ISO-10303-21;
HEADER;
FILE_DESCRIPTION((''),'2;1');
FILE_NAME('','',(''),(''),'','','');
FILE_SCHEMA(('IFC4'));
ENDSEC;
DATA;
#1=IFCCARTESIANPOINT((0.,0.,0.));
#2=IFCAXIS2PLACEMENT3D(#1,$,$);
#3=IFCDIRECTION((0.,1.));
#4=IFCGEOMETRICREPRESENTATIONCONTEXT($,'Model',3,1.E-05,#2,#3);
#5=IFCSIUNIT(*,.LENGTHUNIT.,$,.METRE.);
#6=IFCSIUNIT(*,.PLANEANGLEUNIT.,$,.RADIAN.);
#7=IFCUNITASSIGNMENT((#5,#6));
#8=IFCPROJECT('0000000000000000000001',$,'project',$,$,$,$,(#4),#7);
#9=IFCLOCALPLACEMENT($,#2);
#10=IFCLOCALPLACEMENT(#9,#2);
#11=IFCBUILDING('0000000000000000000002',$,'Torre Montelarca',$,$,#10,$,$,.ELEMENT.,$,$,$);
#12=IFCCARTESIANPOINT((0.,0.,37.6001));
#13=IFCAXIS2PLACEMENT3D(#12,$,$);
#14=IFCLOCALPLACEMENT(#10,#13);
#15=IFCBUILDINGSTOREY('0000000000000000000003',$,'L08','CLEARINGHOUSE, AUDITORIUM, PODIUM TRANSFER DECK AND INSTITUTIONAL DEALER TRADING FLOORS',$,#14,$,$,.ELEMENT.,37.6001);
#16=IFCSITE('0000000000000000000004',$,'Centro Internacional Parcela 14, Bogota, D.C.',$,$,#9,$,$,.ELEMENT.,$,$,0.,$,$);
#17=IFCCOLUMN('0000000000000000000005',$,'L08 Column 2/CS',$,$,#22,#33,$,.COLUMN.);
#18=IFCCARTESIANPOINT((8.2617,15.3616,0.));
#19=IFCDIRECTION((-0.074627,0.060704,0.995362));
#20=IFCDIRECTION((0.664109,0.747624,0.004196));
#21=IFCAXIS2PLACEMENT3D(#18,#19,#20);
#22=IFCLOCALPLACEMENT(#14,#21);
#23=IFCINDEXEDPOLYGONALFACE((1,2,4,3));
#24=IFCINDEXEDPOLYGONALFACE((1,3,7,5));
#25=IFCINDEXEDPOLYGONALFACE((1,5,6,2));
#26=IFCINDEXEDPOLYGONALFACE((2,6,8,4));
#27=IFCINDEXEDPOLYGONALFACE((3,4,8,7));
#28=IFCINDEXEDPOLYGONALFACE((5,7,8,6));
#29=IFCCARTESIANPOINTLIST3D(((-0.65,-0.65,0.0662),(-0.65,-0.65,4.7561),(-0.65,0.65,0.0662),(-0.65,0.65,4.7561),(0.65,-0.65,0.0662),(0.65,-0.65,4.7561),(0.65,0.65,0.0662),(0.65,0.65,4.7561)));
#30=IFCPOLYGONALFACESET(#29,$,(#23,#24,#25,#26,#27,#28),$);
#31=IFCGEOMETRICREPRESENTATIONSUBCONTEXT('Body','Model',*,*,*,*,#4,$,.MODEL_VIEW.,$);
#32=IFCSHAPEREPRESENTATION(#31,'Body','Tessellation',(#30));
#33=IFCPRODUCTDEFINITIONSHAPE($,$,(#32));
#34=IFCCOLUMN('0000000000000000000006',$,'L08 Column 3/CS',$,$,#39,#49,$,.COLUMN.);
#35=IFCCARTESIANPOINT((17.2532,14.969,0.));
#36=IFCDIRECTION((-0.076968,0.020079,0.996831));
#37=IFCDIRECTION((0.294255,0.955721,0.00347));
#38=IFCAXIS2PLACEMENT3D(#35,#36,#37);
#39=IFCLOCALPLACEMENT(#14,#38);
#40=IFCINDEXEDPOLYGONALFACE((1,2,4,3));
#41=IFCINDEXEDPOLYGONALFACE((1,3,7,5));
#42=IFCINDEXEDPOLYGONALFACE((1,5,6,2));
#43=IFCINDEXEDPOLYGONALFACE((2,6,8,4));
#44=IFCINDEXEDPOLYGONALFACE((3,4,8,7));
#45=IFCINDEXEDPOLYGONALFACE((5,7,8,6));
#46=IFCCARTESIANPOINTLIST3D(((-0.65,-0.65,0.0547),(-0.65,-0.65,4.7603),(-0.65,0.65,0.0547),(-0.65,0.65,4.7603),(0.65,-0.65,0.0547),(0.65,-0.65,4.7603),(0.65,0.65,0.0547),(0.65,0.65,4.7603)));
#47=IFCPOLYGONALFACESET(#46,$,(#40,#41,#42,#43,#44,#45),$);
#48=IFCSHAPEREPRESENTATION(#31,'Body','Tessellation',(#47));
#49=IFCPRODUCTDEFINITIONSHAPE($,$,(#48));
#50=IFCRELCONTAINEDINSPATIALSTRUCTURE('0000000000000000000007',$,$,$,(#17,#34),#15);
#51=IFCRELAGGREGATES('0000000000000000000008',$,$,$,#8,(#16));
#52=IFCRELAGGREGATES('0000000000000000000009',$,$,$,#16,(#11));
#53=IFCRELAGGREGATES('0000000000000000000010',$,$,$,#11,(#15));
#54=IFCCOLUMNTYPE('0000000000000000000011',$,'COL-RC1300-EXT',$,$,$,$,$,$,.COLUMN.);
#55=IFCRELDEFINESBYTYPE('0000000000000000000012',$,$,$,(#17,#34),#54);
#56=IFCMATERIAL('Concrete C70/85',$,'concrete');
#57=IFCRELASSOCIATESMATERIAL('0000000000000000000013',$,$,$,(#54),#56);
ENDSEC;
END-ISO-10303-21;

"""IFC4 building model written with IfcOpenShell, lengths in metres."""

from ifc_helpers import new_model, si_unit, direction, frame, origin, origin_2d, place, context, subcontext, project, spatial, rectangle, extrude, clip, halfspace, material, material_profile, profile_set, type_object, element, save


model = new_model("IFC4")

# Units and contexts
model_context = context("Model", 3, precision=1e-05, world=origin(), true_north=direction((0.0, 1.0)))
body_context = subcontext(model_context, "Body", "Model", "MODEL_VIEW")
ifc_project = project(units=[si_unit("LENGTHUNIT", "METRE"), si_unit("PLANEANGLEUNIT", "RADIAN")], contexts=[model_context])

# Site, building, storey
site_placement = place(None, origin())
site = spatial("IfcSite", under=ifc_project, at=site_placement, Name="Centro Internacional Parcela 14, Bogota, D.C.", CompositionType="ELEMENT", RefElevation=0.0)
building_placement = place(site_placement, origin())
building = spatial("IfcBuilding", under=site, at=building_placement, Name="Torre Montelarca", CompositionType="ELEMENT")
storey_placement = place(building_placement, frame((0.0, 0.0, 37.6001)))
storey = spatial("IfcBuildingStorey", under=building, at=storey_placement, Name="L08", Description="CLEARINGHOUSE, AUDITORIUM, PODIUM TRANSFER DECK AND INSTITUTIONAL DEALER TRADING FLOORS", CompositionType="ELEMENT", Elevation=37.6001)

# Columns
ifc_material_1 = material(Name="Concrete C70/85", Category="concrete")
ifc_material_profile_1 = material_profile(ifc_material_1, rectangle(XDim=1.3, YDim=1.3, at=origin_2d()), Name="RC1300X1300", Category="concrete")
ifc_profile_set_1 = profile_set([ifc_material_profile_1], Name="Concrete C70/85")
column_type = type_object("IfcColumnType", Name="COL-RC1300-EXT", PredefinedType="COLUMN", material=ifc_profile_set_1)
column_1_placement = place(storey_placement, frame((8.2617, 15.3616, 0.0), z_axis=(-0.074627, 0.060704, 0.995362), x_axis=(0.664109, 0.747624, 0.004196)))
element("IfcColumn", 1, at=column_1_placement, inside=storey, type_object=column_type, Name="L08 Column 2/CS", PredefinedType="COLUMN", context=body_context, shape_type="Clipping", body=[
    clip(clip(extrude(rectangle(XDim=1.3, YDim=1.3, at=origin_2d()), origin(), (0.0, 0.0, 1.0), 4.8223), halfspace(frame((0.0, 0.0, 0.0662), z_axis=(0.0, 0.0, -1.0), x_axis=(1.0, 0.0, 0.0)), False)), halfspace(frame((0.0, 0.0, 4.7561), z_axis=(0.0, 0.0, 1.0), x_axis=(1.0, 0.0, 0.0)), False)),
])
column_2_placement = place(storey_placement, frame((17.2532, 14.969, 0.0), z_axis=(-0.076968, 0.020079, 0.996831), x_axis=(0.294255, 0.955721, 0.00347)))
element("IfcColumn", 2, at=column_2_placement, inside=storey, type_object=column_type, Name="L08 Column 3/CS", PredefinedType="COLUMN", context=body_context, shape_type="Clipping", body=[
    clip(clip(extrude(rectangle(XDim=1.3, YDim=1.3, at=origin_2d()), origin(), (0.0, 0.0, 1.0), 4.8149), halfspace(frame((0.0, 0.0, 0.0547), z_axis=(0.0, 0.0, -1.0), x_axis=(1.0, 0.0, 0.0)), False)), halfspace(frame((0.0, 0.0, 4.7603), z_axis=(0.0, 0.0, 1.0), x_axis=(1.0, 0.0, 0.0)), False)),
])

save(model, "model.ifc")
